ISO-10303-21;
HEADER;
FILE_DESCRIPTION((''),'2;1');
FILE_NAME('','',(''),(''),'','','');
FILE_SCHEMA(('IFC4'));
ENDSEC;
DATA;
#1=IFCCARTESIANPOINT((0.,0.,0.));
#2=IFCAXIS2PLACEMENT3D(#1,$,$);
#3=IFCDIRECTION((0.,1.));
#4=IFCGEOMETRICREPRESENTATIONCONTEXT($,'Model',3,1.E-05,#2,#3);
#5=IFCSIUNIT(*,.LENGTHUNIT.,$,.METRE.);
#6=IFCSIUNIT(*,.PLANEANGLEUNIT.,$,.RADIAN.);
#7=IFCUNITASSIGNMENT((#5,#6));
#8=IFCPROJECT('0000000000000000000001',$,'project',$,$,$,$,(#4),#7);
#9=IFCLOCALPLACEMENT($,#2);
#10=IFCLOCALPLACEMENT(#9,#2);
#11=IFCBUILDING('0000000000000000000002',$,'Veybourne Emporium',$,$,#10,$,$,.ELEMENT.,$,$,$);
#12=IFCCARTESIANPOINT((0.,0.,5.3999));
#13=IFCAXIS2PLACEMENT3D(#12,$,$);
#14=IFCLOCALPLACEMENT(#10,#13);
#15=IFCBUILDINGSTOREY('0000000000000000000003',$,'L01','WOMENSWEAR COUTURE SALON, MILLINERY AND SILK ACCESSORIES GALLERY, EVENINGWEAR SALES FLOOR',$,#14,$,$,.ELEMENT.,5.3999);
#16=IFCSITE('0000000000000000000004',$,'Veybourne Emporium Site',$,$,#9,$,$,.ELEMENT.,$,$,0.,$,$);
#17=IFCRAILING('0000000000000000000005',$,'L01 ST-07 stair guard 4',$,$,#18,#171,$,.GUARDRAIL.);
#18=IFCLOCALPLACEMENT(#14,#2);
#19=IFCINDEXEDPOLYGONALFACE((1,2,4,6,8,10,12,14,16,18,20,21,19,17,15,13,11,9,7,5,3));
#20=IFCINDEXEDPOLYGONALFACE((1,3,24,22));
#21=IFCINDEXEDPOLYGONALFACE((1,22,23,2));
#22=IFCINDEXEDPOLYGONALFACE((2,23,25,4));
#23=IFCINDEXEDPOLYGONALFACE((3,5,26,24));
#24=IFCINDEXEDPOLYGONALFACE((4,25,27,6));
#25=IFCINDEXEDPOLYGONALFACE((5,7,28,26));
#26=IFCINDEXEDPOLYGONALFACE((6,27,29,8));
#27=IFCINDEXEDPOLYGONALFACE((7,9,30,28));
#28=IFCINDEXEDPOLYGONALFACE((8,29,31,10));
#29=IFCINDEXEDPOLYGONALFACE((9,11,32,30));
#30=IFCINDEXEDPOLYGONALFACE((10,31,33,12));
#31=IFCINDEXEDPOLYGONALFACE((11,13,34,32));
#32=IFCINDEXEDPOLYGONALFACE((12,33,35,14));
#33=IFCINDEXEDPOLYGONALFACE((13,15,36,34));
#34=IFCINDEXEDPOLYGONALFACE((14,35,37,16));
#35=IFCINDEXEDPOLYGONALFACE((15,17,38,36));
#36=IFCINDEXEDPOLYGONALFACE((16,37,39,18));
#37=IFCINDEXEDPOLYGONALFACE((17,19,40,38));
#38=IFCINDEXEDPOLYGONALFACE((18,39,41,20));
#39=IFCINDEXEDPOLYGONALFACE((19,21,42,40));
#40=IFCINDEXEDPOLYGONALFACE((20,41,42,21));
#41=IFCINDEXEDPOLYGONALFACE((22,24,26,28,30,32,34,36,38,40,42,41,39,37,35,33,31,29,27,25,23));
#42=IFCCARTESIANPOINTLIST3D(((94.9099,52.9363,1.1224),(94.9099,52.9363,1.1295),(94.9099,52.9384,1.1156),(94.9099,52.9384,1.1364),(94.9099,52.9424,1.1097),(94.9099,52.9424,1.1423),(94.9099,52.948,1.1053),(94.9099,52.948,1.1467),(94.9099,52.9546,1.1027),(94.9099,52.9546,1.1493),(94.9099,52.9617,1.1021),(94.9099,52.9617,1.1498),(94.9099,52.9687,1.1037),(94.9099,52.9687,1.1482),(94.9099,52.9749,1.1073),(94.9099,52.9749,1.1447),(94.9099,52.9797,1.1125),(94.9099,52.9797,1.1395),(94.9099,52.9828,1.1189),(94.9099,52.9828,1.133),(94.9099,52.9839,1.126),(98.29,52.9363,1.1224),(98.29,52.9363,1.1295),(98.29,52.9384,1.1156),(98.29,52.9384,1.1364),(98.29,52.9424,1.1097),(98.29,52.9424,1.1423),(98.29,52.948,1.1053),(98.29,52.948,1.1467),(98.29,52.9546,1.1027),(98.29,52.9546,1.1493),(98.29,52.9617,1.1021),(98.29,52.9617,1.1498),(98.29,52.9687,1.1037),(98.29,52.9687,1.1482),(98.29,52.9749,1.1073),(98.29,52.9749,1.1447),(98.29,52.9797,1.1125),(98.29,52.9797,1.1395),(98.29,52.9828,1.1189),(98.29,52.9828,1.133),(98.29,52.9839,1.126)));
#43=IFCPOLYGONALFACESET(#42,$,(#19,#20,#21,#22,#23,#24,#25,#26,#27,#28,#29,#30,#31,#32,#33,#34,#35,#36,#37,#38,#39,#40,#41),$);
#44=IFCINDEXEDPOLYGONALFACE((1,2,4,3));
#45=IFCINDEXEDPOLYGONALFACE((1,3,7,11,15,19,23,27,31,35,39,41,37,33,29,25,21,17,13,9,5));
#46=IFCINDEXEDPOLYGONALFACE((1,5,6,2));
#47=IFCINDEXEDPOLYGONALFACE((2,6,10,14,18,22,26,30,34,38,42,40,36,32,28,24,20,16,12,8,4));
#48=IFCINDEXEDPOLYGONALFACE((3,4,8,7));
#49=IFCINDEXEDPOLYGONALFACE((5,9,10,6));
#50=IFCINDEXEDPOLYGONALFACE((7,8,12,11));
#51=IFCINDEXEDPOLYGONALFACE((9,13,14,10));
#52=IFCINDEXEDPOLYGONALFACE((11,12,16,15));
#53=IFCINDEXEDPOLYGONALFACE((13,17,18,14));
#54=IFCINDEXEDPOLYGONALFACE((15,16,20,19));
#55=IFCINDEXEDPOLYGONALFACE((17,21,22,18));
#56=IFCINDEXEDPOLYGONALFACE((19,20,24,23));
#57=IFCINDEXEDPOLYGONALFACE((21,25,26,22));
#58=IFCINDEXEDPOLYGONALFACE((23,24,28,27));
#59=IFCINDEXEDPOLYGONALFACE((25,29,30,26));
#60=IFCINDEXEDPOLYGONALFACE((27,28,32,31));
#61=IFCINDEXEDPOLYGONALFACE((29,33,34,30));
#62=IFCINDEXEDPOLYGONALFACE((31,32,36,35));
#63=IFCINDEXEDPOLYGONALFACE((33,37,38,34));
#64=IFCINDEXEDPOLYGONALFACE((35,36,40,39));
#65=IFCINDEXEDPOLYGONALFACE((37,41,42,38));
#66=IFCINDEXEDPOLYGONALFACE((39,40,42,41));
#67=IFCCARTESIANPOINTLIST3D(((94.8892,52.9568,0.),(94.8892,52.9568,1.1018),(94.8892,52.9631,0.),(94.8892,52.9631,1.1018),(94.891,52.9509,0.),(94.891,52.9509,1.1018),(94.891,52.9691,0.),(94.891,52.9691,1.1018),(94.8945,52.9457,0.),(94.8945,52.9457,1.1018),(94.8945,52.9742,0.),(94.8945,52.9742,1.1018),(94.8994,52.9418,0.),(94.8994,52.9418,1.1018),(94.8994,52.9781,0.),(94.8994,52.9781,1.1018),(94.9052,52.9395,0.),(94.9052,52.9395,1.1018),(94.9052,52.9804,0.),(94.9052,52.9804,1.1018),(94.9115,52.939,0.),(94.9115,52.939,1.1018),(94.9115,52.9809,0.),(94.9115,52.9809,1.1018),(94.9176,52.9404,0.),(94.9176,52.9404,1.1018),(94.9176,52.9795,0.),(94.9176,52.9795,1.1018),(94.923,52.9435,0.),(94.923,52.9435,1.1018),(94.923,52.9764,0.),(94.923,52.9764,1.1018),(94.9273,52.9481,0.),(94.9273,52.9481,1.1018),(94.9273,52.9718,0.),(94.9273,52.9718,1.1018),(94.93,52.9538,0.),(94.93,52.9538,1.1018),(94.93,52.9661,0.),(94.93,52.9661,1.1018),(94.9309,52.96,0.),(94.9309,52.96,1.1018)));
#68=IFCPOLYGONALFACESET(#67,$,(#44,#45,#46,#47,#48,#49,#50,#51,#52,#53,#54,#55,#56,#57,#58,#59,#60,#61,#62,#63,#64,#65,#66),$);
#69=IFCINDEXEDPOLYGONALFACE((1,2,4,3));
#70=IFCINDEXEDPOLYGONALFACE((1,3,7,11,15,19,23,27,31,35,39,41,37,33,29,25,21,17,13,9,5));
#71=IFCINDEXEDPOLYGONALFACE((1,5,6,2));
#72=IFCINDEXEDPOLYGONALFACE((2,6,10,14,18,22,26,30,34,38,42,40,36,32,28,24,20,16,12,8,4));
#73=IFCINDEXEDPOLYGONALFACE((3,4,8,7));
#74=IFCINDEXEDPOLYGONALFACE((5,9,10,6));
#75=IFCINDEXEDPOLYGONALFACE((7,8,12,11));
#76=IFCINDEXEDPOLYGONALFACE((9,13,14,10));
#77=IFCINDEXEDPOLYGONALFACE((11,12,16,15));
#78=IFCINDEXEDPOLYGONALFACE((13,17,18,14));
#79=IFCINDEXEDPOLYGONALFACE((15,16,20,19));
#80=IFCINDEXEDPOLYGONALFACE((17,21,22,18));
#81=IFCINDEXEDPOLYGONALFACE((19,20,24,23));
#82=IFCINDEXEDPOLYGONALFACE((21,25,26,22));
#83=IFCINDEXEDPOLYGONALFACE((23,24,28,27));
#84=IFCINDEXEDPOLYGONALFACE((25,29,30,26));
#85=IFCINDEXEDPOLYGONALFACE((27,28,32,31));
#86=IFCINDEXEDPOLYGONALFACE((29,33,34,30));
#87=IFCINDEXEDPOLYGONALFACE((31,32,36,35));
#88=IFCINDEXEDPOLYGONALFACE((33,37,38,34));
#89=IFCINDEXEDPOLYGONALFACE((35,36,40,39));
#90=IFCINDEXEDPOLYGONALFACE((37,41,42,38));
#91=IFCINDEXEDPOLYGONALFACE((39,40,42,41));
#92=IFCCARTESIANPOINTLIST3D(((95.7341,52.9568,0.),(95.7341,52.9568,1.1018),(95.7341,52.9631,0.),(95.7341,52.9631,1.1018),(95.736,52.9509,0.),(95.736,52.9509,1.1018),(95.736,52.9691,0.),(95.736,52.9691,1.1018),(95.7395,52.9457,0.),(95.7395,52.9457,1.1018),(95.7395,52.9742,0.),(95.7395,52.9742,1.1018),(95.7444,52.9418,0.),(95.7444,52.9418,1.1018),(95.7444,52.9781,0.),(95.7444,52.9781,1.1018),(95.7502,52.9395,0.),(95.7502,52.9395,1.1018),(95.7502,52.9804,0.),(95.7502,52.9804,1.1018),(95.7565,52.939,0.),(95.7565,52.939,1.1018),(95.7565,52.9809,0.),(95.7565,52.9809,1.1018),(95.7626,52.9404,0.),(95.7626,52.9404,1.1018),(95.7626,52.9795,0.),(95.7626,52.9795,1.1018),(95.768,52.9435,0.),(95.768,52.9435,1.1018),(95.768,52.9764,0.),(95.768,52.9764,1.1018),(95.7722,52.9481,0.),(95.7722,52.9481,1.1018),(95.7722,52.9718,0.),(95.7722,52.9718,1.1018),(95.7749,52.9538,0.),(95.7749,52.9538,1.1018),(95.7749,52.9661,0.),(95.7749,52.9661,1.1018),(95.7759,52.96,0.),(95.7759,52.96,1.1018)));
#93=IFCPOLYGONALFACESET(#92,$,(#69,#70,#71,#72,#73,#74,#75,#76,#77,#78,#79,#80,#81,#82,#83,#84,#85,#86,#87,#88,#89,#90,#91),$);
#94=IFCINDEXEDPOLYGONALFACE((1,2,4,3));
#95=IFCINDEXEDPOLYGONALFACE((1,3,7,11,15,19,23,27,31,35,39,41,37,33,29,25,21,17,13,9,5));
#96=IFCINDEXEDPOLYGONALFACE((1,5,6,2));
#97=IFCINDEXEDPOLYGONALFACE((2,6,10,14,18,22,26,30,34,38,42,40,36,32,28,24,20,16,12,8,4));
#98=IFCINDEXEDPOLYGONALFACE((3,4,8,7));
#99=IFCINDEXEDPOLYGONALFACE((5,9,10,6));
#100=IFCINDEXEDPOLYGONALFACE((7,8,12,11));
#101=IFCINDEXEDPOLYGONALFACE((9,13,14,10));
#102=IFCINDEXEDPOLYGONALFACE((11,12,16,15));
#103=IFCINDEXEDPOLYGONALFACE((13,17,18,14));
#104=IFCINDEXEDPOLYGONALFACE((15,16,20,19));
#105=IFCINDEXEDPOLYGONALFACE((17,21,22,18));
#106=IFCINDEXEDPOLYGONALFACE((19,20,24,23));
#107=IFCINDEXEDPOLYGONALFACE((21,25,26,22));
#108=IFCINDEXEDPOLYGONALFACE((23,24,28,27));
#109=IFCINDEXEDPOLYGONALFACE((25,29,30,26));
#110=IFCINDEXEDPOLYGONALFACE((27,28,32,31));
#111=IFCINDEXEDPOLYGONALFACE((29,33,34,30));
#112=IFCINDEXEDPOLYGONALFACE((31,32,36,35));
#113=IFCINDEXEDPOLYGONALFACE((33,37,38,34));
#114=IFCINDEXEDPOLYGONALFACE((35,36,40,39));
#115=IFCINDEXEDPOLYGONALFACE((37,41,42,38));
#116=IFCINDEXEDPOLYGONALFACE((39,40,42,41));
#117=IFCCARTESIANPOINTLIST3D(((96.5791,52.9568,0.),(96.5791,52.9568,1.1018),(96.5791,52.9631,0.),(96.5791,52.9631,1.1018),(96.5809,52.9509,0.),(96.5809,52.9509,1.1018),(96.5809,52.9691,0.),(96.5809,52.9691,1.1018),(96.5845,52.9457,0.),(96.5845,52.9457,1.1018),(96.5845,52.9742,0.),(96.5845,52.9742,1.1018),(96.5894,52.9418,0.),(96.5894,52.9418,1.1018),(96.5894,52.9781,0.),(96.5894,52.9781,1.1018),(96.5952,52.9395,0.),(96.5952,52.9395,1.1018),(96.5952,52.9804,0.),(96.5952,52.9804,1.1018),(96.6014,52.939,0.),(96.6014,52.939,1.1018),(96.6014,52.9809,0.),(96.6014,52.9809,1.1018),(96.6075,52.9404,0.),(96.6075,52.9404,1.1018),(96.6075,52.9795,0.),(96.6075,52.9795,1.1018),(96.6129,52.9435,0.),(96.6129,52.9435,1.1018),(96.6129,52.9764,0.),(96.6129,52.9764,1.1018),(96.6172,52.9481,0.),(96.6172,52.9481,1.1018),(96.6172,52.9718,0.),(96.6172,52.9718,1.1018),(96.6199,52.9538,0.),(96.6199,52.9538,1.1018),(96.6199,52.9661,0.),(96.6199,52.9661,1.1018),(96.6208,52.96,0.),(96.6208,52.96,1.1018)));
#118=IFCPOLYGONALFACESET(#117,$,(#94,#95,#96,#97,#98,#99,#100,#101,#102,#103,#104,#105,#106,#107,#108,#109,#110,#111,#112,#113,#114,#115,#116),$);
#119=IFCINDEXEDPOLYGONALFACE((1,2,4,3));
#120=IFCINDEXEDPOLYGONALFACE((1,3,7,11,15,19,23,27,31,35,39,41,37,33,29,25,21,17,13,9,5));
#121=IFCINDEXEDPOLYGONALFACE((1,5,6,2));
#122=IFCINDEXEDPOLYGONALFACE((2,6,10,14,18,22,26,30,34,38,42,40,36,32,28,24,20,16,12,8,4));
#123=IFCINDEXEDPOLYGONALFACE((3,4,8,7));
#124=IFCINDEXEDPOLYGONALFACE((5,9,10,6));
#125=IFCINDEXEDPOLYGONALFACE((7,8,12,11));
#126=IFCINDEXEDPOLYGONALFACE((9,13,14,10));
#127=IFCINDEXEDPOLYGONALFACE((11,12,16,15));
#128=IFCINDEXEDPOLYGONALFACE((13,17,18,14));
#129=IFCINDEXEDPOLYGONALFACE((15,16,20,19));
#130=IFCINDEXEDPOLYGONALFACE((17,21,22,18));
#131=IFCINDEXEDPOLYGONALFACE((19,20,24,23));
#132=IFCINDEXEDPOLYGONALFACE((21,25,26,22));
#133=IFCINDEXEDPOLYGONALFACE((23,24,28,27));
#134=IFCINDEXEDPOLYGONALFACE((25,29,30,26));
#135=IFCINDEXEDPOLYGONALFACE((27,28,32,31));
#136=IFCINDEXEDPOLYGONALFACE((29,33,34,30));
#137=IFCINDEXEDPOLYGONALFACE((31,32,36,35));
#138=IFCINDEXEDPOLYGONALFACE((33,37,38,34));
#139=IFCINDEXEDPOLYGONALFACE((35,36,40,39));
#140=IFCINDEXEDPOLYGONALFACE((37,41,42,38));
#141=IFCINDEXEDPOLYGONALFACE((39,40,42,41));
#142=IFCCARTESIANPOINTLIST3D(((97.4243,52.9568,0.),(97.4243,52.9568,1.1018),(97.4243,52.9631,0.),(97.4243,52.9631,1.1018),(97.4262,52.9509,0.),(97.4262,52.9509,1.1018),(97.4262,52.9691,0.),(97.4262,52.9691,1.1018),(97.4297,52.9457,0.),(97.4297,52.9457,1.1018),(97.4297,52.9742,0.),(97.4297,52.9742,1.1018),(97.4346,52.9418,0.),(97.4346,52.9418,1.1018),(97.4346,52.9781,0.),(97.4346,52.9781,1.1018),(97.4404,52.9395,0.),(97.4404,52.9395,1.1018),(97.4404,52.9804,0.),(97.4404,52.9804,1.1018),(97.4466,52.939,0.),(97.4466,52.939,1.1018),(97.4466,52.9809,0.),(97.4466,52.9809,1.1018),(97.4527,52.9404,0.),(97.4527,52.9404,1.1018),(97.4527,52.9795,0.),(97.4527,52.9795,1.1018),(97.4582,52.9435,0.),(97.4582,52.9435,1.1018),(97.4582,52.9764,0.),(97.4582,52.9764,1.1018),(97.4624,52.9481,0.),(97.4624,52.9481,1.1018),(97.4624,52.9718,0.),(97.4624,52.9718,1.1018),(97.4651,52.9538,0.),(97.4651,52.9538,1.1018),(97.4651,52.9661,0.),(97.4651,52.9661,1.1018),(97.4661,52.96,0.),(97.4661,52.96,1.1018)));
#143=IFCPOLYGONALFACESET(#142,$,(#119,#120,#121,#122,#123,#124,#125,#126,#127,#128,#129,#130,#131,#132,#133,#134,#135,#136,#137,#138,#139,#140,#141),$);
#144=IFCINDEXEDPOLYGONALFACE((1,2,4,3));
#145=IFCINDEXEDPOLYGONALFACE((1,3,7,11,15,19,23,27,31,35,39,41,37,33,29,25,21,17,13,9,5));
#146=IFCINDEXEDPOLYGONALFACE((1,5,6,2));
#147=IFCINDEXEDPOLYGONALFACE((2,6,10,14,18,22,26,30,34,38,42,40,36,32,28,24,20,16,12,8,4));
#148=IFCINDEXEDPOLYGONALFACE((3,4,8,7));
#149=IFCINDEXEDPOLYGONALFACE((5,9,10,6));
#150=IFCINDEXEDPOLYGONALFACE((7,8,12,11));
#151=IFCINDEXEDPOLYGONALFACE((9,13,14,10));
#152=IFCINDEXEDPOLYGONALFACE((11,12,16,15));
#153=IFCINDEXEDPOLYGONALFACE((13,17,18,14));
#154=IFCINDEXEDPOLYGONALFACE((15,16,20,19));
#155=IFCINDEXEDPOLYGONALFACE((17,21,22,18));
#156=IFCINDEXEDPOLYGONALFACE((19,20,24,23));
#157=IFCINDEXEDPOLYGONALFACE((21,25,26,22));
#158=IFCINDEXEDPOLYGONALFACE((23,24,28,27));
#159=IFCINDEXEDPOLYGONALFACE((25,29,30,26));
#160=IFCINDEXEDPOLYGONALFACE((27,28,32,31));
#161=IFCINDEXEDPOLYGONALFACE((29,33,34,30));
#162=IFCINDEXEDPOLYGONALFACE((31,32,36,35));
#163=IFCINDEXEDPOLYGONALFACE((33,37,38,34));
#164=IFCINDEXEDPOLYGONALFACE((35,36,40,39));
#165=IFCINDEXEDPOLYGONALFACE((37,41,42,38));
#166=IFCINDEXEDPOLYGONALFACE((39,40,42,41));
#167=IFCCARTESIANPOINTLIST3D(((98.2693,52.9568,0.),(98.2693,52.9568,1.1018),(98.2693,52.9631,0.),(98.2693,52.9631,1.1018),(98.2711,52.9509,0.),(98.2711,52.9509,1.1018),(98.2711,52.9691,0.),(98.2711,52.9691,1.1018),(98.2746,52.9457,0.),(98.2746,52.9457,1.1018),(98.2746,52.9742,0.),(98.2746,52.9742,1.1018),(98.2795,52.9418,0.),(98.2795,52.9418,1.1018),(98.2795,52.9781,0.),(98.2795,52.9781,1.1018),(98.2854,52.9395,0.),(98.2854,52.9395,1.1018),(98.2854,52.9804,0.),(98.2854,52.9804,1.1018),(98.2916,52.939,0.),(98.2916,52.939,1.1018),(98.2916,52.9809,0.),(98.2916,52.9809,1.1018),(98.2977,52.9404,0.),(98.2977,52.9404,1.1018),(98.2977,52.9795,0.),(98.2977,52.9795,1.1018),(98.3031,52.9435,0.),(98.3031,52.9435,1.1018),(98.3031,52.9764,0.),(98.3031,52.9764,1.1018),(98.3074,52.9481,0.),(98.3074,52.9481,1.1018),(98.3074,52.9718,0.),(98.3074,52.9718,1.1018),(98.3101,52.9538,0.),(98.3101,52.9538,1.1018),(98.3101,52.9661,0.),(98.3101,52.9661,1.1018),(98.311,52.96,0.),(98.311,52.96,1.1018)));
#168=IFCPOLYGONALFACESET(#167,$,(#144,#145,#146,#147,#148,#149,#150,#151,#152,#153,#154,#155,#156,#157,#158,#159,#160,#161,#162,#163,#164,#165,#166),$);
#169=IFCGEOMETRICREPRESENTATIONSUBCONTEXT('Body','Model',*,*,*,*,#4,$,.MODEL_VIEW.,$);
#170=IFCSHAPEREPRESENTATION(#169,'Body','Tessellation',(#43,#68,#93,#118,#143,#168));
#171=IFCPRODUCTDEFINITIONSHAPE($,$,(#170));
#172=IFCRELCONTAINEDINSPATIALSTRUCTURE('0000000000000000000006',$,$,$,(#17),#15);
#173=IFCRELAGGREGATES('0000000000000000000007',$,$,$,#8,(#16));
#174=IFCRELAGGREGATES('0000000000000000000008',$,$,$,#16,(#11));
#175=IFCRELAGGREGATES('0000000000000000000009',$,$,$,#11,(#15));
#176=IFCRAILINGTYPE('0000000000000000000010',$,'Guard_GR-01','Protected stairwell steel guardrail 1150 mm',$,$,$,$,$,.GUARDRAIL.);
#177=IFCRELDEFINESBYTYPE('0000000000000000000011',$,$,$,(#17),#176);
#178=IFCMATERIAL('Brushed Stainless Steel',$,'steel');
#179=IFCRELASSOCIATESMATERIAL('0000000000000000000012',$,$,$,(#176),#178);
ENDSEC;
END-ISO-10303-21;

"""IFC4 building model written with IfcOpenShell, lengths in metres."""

from ifc_helpers import new_model, si_unit, direction, frame, origin, origin_2d, place, context, subcontext, project, spatial, circle, extrude, material, type_object, element, save


model = new_model("IFC4")

# Units and contexts
model_context = context("Model", 3, precision=1e-05, world=origin(), true_north=direction((0.0, 1.0)))
body_context = subcontext(model_context, "Body", "Model", "MODEL_VIEW")
ifc_project = project(units=[si_unit("LENGTHUNIT", "METRE"), si_unit("PLANEANGLEUNIT", "RADIAN")], contexts=[model_context])

# Site, building, storey
site_placement = place(None, origin())
site = spatial("IfcSite", under=ifc_project, at=site_placement, Name="Veybourne Emporium Site", CompositionType="ELEMENT", RefElevation=0.0)
building_placement = place(site_placement, origin())
building = spatial("IfcBuilding", under=site, at=building_placement, Name="Veybourne Emporium", CompositionType="ELEMENT")
storey_placement = place(building_placement, frame((0.0, 0.0, 5.3999)))
storey = spatial("IfcBuildingStorey", under=building, at=storey_placement, Name="L01", Description="WOMENSWEAR COUTURE SALON, MILLINERY AND SILK ACCESSORIES GALLERY, EVENINGWEAR SALES FLOOR", CompositionType="ELEMENT", Elevation=5.3999)

# Railing
ifc_material_1 = material(Name="Brushed Stainless Steel", Category="steel")
railing_type_1 = type_object("IfcRailingType", Name="Guard_GR-01", Description="Protected stairwell steel guardrail 1150 mm", PredefinedType="GUARDRAIL", material=ifc_material_1)
railing_1_placement = place(storey_placement, frame((94.9099, 52.96, 0.0)))
element("IfcRailing", 1, at=railing_1_placement, inside=storey, type_object=railing_type_1, Name="L01 ST-07 stair guard 4", PredefinedType="GUARDRAIL", context=body_context, shape_type="SweptSolid", body=[
    extrude(circle(Radius=0.0239, at=origin_2d()), frame((0.0, 0.0, 1.126), z_axis=(1.0, 0.0, 0.0), x_axis=(0.0, 1.0, 0.0)), (0.0, 0.0, 1.0), 3.3801),
    extrude(circle(Radius=0.021, at=origin_2d()), origin(), (0.0, 0.0, 1.0), 1.1018),
    extrude(circle(Radius=0.021, at=origin_2d()), frame((0.845, 0.0, 0.0)), (0.0, 0.0, 1.0), 1.1018),
    extrude(circle(Radius=0.021, at=origin_2d()), frame((1.6899, 0.0, 0.0)), (0.0, 0.0, 1.0), 1.1018),
    extrude(circle(Radius=0.021, at=origin_2d()), frame((2.5352, 0.0, 0.0)), (0.0, 0.0, 1.0), 1.1018),
    extrude(circle(Radius=0.021, at=origin_2d()), frame((3.3801, 0.0, 0.0)), (0.0, 0.0, 1.0), 1.1018),
])

save(model, "model.ifc")
